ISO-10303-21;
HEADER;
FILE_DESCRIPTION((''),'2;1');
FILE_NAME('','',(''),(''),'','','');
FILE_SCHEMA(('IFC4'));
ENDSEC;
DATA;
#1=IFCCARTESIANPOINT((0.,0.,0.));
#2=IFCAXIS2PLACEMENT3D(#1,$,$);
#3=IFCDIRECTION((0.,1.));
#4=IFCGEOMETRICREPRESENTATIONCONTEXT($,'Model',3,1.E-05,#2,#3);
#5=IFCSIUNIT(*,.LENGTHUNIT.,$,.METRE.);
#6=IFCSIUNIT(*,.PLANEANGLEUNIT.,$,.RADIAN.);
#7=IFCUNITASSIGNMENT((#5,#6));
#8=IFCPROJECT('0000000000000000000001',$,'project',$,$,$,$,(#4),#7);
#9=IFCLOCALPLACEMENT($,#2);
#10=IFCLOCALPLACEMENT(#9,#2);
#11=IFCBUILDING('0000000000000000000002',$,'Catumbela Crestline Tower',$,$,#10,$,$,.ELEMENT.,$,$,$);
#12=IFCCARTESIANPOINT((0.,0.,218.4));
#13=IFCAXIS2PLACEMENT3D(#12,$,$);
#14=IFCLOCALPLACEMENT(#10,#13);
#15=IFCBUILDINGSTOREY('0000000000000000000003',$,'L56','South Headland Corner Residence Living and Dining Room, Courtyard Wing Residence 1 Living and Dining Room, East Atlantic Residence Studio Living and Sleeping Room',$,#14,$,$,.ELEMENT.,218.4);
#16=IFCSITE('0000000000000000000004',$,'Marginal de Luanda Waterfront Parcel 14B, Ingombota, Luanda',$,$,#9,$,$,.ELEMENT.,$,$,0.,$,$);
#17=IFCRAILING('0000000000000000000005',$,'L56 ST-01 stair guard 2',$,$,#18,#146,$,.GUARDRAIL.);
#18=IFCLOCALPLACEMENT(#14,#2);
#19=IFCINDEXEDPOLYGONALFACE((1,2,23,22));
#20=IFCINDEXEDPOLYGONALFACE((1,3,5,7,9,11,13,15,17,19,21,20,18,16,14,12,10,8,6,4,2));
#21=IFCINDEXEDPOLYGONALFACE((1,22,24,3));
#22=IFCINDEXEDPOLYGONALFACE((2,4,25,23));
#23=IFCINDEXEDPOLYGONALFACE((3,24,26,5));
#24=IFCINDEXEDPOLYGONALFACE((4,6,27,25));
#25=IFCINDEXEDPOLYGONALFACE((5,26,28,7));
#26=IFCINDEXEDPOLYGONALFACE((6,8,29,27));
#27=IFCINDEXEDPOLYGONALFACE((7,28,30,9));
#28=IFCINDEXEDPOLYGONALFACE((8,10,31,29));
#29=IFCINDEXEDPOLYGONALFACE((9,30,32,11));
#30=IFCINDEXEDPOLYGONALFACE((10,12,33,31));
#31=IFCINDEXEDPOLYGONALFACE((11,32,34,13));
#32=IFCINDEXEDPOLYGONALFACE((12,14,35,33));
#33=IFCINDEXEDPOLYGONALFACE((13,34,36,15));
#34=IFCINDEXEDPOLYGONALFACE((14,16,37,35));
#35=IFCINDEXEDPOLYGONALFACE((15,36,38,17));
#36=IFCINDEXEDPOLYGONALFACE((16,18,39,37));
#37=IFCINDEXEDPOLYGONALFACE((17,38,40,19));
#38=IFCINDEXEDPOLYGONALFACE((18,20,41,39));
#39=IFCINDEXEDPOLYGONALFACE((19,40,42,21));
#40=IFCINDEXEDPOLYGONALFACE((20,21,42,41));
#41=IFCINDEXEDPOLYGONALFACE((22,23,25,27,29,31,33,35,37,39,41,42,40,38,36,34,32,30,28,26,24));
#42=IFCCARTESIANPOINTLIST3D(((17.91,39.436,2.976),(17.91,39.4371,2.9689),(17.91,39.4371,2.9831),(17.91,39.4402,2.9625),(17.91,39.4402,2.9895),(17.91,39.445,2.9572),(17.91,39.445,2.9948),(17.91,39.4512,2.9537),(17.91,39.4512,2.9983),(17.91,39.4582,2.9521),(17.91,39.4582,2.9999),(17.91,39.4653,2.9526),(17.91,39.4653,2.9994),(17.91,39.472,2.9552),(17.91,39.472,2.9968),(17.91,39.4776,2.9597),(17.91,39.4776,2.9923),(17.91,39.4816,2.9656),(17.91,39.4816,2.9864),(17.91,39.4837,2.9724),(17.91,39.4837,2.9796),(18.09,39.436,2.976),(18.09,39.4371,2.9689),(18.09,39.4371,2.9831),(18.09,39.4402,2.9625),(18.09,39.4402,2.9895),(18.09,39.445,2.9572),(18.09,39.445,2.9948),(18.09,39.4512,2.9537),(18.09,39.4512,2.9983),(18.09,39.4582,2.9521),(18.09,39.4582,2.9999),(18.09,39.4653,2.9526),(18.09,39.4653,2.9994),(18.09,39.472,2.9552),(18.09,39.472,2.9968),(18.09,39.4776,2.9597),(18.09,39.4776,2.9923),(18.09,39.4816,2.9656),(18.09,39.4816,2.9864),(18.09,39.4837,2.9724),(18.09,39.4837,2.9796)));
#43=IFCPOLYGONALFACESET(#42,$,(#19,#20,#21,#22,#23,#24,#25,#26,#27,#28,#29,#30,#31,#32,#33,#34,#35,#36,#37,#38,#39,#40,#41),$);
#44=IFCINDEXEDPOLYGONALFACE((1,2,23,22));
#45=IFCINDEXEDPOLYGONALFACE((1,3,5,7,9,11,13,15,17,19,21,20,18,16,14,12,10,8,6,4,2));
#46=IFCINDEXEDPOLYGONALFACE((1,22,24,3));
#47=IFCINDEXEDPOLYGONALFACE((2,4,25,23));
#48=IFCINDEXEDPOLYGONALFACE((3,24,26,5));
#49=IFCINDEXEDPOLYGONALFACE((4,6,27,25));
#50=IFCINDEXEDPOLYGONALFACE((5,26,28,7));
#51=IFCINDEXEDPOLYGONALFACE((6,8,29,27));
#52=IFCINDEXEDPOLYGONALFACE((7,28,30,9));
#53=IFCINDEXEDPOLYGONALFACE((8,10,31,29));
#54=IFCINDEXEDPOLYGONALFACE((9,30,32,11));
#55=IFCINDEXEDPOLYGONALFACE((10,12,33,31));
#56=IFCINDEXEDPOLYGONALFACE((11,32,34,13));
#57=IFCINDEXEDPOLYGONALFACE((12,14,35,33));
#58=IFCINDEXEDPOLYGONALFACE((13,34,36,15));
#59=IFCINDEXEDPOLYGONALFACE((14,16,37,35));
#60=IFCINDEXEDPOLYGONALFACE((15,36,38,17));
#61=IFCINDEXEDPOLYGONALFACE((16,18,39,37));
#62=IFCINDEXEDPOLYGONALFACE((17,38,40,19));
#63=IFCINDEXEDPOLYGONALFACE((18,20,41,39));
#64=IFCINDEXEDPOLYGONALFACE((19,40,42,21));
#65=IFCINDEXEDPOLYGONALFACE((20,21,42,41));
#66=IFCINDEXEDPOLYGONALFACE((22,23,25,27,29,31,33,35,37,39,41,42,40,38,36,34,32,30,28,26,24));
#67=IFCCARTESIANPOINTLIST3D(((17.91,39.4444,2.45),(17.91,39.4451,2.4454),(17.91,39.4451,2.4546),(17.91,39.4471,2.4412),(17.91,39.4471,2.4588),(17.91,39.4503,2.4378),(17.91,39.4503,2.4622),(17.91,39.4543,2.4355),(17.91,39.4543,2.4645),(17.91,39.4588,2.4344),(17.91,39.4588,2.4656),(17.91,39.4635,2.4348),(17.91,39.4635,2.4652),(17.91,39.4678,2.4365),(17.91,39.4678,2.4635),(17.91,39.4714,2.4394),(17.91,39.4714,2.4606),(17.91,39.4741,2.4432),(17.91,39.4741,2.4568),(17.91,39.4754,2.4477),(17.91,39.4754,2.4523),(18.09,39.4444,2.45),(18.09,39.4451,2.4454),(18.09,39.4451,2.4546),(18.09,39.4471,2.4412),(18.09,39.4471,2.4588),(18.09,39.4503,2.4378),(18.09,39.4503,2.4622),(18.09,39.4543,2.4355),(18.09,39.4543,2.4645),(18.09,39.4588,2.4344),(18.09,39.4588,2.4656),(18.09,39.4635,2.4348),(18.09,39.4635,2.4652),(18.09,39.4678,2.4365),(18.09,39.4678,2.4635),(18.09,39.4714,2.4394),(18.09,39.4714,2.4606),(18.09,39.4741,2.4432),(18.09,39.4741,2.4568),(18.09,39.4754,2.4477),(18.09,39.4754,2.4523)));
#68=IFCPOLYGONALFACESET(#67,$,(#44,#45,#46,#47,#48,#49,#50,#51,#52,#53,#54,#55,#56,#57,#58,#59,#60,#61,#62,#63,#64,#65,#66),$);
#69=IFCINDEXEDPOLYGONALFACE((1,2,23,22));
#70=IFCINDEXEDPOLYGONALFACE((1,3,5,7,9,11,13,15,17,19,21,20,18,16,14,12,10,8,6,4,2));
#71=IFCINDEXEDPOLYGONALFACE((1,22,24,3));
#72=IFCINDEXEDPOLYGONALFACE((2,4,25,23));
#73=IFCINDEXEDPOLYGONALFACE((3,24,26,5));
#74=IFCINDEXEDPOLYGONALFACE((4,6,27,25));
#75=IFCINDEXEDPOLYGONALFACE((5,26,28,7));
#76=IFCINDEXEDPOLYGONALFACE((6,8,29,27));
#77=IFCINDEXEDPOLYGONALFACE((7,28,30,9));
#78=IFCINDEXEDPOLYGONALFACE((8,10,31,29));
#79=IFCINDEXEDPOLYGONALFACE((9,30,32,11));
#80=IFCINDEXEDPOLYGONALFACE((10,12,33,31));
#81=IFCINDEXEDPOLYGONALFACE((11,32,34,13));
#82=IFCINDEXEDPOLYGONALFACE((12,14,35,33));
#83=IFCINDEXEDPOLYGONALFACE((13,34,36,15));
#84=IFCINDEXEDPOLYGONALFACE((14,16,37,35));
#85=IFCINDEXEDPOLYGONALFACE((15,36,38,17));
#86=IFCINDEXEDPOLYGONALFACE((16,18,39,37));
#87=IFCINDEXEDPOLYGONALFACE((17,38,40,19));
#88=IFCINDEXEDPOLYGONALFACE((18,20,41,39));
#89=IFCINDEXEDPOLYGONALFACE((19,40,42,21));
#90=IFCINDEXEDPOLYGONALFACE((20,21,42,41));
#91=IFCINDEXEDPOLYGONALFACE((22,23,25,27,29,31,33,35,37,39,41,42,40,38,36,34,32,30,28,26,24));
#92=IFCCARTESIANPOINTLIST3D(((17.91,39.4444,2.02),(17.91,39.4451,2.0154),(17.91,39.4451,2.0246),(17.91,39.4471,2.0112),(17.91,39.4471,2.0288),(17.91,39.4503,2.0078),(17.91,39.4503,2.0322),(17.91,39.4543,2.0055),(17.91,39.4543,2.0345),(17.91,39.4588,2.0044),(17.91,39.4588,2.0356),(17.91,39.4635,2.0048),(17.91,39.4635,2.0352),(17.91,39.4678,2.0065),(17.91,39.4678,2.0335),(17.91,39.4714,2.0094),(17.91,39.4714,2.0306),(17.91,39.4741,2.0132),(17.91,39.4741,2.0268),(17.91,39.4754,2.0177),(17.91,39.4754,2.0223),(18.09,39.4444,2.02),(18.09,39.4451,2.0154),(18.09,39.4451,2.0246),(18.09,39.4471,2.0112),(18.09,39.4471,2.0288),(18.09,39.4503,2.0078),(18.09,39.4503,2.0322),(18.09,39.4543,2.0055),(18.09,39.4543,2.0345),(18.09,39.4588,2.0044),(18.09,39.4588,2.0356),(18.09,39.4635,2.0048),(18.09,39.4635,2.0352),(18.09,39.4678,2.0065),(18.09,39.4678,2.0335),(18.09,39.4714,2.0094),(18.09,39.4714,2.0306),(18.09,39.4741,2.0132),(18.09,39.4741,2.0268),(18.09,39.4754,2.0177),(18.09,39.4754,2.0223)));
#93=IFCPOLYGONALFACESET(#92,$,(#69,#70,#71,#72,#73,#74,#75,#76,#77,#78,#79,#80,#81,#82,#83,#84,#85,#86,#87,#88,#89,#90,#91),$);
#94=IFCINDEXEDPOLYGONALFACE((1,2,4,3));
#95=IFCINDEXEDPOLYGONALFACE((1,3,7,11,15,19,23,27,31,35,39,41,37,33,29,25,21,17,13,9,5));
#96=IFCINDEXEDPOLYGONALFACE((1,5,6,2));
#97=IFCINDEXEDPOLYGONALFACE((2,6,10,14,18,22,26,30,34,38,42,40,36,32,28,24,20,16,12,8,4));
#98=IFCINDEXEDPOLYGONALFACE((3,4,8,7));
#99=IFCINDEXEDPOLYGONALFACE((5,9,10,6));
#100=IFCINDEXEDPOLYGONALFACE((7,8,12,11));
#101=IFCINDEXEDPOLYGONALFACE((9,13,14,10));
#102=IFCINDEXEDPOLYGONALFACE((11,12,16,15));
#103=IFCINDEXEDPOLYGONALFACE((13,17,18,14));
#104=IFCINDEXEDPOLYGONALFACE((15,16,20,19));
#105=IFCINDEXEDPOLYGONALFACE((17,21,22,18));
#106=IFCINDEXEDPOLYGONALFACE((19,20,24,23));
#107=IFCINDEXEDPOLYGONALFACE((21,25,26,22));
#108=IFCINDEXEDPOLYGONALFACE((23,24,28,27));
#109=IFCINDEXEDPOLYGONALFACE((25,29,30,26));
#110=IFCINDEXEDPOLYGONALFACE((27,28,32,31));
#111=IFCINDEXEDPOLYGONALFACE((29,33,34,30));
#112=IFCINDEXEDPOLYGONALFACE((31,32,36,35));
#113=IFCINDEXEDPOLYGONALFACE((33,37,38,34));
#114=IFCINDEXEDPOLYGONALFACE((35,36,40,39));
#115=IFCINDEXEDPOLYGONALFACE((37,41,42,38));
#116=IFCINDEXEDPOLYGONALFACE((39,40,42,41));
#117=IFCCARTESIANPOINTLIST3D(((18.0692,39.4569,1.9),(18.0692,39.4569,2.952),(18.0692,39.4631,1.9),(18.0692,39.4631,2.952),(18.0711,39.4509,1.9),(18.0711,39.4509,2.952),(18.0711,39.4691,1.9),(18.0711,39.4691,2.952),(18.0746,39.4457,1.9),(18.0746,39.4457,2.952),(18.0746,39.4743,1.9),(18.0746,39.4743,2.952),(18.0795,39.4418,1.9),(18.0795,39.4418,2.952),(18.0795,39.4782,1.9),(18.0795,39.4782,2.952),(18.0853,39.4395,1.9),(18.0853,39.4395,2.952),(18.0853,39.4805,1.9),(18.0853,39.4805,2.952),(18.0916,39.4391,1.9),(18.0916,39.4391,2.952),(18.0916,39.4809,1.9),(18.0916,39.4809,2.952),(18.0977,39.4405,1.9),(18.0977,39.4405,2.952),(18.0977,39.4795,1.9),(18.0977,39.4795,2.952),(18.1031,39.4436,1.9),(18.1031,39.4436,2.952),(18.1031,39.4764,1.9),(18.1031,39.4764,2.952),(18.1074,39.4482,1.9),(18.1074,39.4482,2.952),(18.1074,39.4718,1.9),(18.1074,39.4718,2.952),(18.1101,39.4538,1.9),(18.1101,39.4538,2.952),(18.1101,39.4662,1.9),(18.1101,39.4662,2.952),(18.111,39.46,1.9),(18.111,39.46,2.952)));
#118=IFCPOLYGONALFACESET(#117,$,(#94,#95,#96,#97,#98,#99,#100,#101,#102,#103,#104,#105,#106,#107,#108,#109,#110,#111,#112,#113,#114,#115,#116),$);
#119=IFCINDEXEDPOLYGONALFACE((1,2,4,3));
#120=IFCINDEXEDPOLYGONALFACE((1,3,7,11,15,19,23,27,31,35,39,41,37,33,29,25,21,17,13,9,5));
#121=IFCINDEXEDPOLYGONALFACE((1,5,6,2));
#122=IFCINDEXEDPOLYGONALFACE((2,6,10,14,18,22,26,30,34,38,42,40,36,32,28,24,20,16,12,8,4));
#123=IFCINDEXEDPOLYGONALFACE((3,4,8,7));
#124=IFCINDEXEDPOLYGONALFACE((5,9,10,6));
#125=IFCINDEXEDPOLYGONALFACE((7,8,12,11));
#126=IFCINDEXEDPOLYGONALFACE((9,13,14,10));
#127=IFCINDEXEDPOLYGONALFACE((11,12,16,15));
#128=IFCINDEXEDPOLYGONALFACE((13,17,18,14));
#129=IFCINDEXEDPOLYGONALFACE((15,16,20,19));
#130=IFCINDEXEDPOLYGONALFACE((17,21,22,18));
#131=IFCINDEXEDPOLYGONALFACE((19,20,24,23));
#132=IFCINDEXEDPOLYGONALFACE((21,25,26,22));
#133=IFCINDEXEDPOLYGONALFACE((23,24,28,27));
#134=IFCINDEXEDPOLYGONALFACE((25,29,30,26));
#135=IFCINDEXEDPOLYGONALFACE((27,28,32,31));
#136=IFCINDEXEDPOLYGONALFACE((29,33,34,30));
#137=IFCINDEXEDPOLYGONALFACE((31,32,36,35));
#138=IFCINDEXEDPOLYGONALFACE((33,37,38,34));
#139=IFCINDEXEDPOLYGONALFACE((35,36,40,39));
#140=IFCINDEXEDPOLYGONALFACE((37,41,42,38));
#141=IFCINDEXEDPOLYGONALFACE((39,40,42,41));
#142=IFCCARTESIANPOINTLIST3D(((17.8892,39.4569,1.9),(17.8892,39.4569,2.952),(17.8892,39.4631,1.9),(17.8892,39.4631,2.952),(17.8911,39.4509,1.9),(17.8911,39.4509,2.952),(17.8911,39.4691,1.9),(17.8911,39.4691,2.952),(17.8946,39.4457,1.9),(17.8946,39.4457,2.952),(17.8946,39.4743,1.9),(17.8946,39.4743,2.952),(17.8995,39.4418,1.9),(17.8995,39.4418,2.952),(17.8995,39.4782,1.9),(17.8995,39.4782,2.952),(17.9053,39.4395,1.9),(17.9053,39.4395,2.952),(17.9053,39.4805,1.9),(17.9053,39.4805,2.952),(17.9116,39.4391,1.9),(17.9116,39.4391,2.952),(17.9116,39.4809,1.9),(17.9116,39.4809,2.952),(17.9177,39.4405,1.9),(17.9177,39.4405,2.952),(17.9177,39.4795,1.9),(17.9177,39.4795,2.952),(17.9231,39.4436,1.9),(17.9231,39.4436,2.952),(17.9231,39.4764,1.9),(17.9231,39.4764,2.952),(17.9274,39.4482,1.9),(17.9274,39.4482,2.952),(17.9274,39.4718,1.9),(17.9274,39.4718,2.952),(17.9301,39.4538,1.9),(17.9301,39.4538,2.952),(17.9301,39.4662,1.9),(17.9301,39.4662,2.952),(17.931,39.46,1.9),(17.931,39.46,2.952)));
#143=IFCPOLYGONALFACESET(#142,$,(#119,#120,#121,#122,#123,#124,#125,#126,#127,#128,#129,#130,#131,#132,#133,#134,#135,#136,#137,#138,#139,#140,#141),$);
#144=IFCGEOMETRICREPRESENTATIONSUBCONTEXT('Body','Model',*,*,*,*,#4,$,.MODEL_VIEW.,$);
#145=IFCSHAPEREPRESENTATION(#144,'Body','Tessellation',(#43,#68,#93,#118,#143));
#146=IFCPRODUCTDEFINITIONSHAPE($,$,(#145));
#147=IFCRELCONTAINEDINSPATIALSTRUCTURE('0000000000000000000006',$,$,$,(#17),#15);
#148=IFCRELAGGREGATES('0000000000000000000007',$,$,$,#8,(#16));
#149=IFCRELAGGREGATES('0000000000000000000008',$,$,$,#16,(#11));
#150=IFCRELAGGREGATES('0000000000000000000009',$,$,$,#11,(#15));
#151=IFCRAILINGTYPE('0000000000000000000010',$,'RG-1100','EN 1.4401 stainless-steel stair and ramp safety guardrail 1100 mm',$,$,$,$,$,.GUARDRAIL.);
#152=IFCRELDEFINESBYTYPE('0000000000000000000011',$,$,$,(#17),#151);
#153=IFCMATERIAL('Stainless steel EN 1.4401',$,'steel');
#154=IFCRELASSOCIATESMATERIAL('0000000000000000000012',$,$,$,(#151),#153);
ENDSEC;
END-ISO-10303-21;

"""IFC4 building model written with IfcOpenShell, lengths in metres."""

from ifc_helpers import new_model, si_unit, direction, frame, origin, origin_2d, place, context, subcontext, project, spatial, circle, extrude, material, type_object, element, save


model = new_model("IFC4")

# Units and contexts
model_context = context("Model", 3, precision=1e-05, world=origin(), true_north=direction((0.0, 1.0)))
body_context = subcontext(model_context, "Body", "Model", "MODEL_VIEW")
ifc_project = project(units=[si_unit("LENGTHUNIT", "METRE"), si_unit("PLANEANGLEUNIT", "RADIAN")], contexts=[model_context])

# Site, building, storey
site_placement = place(None, origin())
site = spatial("IfcSite", under=ifc_project, at=site_placement, Name="Marginal de Luanda Waterfront Parcel 14B, Ingombota, Luanda", CompositionType="ELEMENT", RefElevation=0.0)
building_placement = place(site_placement, origin())
building = spatial("IfcBuilding", under=site, at=building_placement, Name="Catumbela Crestline Tower", CompositionType="ELEMENT")
storey_placement = place(building_placement, frame((0.0, 0.0, 218.4)))
storey = spatial("IfcBuildingStorey", under=building, at=storey_placement, Name="L56", Description="South Headland Corner Residence Living and Dining Room, Courtyard Wing Residence 1 Living and Dining Room, East Atlantic Residence Studio Living and Sleeping Room", CompositionType="ELEMENT", Elevation=218.4)

# Shared definitions
ifc_material_1 = material(Name="Stainless steel EN 1.4401", Category="steel")

# Railing
railing_type_1 = type_object("IfcRailingType", Name="RG-1100", Description="EN 1.4401 stainless-steel stair and ramp safety guardrail 1100 mm", PredefinedType="GUARDRAIL", material=ifc_material_1)
for number, where, name in (
    (1, (18.09, 39.46, 1.9), "L56 ST-01 stair guard 2"),
):
    element("IfcRailing", number, at=place(storey_placement, frame(where)), inside=storey, type_object=railing_type_1, Name=name, PredefinedType="GUARDRAIL", context=body_context, shape_type="SweptSolid", body=[
        extrude(circle(Radius=0.024, at=origin_2d()), frame((0.0, 0.0, 1.076), z_axis=(-1.0, 0.0, 0.0), x_axis=(0.0, -1.0, 0.0)), (0.0, 0.0, 1.0), 0.18),
        extrude(circle(Radius=0.0156, at=origin_2d()), frame((0.0, 0.0, 0.55), z_axis=(-1.0, 0.0, 0.0), x_axis=(0.0, -1.0, 0.0)), (0.0, 0.0, 1.0), 0.18),
        extrude(circle(Radius=0.0156, at=origin_2d()), frame((0.0, 0.0, 0.12), z_axis=(-1.0, 0.0, 0.0), x_axis=(0.0, -1.0, 0.0)), (0.0, 0.0, 1.0), 0.18),
        extrude(circle(Radius=0.021, at=origin_2d()), origin(), (0.0, 0.0, 1.0), 1.052),
        extrude(circle(Radius=0.021, at=origin_2d()), frame((-0.18, 0.0, 0.0)), (0.0, 0.0, 1.0), 1.052),
    ])

save(model, "model.ifc")
